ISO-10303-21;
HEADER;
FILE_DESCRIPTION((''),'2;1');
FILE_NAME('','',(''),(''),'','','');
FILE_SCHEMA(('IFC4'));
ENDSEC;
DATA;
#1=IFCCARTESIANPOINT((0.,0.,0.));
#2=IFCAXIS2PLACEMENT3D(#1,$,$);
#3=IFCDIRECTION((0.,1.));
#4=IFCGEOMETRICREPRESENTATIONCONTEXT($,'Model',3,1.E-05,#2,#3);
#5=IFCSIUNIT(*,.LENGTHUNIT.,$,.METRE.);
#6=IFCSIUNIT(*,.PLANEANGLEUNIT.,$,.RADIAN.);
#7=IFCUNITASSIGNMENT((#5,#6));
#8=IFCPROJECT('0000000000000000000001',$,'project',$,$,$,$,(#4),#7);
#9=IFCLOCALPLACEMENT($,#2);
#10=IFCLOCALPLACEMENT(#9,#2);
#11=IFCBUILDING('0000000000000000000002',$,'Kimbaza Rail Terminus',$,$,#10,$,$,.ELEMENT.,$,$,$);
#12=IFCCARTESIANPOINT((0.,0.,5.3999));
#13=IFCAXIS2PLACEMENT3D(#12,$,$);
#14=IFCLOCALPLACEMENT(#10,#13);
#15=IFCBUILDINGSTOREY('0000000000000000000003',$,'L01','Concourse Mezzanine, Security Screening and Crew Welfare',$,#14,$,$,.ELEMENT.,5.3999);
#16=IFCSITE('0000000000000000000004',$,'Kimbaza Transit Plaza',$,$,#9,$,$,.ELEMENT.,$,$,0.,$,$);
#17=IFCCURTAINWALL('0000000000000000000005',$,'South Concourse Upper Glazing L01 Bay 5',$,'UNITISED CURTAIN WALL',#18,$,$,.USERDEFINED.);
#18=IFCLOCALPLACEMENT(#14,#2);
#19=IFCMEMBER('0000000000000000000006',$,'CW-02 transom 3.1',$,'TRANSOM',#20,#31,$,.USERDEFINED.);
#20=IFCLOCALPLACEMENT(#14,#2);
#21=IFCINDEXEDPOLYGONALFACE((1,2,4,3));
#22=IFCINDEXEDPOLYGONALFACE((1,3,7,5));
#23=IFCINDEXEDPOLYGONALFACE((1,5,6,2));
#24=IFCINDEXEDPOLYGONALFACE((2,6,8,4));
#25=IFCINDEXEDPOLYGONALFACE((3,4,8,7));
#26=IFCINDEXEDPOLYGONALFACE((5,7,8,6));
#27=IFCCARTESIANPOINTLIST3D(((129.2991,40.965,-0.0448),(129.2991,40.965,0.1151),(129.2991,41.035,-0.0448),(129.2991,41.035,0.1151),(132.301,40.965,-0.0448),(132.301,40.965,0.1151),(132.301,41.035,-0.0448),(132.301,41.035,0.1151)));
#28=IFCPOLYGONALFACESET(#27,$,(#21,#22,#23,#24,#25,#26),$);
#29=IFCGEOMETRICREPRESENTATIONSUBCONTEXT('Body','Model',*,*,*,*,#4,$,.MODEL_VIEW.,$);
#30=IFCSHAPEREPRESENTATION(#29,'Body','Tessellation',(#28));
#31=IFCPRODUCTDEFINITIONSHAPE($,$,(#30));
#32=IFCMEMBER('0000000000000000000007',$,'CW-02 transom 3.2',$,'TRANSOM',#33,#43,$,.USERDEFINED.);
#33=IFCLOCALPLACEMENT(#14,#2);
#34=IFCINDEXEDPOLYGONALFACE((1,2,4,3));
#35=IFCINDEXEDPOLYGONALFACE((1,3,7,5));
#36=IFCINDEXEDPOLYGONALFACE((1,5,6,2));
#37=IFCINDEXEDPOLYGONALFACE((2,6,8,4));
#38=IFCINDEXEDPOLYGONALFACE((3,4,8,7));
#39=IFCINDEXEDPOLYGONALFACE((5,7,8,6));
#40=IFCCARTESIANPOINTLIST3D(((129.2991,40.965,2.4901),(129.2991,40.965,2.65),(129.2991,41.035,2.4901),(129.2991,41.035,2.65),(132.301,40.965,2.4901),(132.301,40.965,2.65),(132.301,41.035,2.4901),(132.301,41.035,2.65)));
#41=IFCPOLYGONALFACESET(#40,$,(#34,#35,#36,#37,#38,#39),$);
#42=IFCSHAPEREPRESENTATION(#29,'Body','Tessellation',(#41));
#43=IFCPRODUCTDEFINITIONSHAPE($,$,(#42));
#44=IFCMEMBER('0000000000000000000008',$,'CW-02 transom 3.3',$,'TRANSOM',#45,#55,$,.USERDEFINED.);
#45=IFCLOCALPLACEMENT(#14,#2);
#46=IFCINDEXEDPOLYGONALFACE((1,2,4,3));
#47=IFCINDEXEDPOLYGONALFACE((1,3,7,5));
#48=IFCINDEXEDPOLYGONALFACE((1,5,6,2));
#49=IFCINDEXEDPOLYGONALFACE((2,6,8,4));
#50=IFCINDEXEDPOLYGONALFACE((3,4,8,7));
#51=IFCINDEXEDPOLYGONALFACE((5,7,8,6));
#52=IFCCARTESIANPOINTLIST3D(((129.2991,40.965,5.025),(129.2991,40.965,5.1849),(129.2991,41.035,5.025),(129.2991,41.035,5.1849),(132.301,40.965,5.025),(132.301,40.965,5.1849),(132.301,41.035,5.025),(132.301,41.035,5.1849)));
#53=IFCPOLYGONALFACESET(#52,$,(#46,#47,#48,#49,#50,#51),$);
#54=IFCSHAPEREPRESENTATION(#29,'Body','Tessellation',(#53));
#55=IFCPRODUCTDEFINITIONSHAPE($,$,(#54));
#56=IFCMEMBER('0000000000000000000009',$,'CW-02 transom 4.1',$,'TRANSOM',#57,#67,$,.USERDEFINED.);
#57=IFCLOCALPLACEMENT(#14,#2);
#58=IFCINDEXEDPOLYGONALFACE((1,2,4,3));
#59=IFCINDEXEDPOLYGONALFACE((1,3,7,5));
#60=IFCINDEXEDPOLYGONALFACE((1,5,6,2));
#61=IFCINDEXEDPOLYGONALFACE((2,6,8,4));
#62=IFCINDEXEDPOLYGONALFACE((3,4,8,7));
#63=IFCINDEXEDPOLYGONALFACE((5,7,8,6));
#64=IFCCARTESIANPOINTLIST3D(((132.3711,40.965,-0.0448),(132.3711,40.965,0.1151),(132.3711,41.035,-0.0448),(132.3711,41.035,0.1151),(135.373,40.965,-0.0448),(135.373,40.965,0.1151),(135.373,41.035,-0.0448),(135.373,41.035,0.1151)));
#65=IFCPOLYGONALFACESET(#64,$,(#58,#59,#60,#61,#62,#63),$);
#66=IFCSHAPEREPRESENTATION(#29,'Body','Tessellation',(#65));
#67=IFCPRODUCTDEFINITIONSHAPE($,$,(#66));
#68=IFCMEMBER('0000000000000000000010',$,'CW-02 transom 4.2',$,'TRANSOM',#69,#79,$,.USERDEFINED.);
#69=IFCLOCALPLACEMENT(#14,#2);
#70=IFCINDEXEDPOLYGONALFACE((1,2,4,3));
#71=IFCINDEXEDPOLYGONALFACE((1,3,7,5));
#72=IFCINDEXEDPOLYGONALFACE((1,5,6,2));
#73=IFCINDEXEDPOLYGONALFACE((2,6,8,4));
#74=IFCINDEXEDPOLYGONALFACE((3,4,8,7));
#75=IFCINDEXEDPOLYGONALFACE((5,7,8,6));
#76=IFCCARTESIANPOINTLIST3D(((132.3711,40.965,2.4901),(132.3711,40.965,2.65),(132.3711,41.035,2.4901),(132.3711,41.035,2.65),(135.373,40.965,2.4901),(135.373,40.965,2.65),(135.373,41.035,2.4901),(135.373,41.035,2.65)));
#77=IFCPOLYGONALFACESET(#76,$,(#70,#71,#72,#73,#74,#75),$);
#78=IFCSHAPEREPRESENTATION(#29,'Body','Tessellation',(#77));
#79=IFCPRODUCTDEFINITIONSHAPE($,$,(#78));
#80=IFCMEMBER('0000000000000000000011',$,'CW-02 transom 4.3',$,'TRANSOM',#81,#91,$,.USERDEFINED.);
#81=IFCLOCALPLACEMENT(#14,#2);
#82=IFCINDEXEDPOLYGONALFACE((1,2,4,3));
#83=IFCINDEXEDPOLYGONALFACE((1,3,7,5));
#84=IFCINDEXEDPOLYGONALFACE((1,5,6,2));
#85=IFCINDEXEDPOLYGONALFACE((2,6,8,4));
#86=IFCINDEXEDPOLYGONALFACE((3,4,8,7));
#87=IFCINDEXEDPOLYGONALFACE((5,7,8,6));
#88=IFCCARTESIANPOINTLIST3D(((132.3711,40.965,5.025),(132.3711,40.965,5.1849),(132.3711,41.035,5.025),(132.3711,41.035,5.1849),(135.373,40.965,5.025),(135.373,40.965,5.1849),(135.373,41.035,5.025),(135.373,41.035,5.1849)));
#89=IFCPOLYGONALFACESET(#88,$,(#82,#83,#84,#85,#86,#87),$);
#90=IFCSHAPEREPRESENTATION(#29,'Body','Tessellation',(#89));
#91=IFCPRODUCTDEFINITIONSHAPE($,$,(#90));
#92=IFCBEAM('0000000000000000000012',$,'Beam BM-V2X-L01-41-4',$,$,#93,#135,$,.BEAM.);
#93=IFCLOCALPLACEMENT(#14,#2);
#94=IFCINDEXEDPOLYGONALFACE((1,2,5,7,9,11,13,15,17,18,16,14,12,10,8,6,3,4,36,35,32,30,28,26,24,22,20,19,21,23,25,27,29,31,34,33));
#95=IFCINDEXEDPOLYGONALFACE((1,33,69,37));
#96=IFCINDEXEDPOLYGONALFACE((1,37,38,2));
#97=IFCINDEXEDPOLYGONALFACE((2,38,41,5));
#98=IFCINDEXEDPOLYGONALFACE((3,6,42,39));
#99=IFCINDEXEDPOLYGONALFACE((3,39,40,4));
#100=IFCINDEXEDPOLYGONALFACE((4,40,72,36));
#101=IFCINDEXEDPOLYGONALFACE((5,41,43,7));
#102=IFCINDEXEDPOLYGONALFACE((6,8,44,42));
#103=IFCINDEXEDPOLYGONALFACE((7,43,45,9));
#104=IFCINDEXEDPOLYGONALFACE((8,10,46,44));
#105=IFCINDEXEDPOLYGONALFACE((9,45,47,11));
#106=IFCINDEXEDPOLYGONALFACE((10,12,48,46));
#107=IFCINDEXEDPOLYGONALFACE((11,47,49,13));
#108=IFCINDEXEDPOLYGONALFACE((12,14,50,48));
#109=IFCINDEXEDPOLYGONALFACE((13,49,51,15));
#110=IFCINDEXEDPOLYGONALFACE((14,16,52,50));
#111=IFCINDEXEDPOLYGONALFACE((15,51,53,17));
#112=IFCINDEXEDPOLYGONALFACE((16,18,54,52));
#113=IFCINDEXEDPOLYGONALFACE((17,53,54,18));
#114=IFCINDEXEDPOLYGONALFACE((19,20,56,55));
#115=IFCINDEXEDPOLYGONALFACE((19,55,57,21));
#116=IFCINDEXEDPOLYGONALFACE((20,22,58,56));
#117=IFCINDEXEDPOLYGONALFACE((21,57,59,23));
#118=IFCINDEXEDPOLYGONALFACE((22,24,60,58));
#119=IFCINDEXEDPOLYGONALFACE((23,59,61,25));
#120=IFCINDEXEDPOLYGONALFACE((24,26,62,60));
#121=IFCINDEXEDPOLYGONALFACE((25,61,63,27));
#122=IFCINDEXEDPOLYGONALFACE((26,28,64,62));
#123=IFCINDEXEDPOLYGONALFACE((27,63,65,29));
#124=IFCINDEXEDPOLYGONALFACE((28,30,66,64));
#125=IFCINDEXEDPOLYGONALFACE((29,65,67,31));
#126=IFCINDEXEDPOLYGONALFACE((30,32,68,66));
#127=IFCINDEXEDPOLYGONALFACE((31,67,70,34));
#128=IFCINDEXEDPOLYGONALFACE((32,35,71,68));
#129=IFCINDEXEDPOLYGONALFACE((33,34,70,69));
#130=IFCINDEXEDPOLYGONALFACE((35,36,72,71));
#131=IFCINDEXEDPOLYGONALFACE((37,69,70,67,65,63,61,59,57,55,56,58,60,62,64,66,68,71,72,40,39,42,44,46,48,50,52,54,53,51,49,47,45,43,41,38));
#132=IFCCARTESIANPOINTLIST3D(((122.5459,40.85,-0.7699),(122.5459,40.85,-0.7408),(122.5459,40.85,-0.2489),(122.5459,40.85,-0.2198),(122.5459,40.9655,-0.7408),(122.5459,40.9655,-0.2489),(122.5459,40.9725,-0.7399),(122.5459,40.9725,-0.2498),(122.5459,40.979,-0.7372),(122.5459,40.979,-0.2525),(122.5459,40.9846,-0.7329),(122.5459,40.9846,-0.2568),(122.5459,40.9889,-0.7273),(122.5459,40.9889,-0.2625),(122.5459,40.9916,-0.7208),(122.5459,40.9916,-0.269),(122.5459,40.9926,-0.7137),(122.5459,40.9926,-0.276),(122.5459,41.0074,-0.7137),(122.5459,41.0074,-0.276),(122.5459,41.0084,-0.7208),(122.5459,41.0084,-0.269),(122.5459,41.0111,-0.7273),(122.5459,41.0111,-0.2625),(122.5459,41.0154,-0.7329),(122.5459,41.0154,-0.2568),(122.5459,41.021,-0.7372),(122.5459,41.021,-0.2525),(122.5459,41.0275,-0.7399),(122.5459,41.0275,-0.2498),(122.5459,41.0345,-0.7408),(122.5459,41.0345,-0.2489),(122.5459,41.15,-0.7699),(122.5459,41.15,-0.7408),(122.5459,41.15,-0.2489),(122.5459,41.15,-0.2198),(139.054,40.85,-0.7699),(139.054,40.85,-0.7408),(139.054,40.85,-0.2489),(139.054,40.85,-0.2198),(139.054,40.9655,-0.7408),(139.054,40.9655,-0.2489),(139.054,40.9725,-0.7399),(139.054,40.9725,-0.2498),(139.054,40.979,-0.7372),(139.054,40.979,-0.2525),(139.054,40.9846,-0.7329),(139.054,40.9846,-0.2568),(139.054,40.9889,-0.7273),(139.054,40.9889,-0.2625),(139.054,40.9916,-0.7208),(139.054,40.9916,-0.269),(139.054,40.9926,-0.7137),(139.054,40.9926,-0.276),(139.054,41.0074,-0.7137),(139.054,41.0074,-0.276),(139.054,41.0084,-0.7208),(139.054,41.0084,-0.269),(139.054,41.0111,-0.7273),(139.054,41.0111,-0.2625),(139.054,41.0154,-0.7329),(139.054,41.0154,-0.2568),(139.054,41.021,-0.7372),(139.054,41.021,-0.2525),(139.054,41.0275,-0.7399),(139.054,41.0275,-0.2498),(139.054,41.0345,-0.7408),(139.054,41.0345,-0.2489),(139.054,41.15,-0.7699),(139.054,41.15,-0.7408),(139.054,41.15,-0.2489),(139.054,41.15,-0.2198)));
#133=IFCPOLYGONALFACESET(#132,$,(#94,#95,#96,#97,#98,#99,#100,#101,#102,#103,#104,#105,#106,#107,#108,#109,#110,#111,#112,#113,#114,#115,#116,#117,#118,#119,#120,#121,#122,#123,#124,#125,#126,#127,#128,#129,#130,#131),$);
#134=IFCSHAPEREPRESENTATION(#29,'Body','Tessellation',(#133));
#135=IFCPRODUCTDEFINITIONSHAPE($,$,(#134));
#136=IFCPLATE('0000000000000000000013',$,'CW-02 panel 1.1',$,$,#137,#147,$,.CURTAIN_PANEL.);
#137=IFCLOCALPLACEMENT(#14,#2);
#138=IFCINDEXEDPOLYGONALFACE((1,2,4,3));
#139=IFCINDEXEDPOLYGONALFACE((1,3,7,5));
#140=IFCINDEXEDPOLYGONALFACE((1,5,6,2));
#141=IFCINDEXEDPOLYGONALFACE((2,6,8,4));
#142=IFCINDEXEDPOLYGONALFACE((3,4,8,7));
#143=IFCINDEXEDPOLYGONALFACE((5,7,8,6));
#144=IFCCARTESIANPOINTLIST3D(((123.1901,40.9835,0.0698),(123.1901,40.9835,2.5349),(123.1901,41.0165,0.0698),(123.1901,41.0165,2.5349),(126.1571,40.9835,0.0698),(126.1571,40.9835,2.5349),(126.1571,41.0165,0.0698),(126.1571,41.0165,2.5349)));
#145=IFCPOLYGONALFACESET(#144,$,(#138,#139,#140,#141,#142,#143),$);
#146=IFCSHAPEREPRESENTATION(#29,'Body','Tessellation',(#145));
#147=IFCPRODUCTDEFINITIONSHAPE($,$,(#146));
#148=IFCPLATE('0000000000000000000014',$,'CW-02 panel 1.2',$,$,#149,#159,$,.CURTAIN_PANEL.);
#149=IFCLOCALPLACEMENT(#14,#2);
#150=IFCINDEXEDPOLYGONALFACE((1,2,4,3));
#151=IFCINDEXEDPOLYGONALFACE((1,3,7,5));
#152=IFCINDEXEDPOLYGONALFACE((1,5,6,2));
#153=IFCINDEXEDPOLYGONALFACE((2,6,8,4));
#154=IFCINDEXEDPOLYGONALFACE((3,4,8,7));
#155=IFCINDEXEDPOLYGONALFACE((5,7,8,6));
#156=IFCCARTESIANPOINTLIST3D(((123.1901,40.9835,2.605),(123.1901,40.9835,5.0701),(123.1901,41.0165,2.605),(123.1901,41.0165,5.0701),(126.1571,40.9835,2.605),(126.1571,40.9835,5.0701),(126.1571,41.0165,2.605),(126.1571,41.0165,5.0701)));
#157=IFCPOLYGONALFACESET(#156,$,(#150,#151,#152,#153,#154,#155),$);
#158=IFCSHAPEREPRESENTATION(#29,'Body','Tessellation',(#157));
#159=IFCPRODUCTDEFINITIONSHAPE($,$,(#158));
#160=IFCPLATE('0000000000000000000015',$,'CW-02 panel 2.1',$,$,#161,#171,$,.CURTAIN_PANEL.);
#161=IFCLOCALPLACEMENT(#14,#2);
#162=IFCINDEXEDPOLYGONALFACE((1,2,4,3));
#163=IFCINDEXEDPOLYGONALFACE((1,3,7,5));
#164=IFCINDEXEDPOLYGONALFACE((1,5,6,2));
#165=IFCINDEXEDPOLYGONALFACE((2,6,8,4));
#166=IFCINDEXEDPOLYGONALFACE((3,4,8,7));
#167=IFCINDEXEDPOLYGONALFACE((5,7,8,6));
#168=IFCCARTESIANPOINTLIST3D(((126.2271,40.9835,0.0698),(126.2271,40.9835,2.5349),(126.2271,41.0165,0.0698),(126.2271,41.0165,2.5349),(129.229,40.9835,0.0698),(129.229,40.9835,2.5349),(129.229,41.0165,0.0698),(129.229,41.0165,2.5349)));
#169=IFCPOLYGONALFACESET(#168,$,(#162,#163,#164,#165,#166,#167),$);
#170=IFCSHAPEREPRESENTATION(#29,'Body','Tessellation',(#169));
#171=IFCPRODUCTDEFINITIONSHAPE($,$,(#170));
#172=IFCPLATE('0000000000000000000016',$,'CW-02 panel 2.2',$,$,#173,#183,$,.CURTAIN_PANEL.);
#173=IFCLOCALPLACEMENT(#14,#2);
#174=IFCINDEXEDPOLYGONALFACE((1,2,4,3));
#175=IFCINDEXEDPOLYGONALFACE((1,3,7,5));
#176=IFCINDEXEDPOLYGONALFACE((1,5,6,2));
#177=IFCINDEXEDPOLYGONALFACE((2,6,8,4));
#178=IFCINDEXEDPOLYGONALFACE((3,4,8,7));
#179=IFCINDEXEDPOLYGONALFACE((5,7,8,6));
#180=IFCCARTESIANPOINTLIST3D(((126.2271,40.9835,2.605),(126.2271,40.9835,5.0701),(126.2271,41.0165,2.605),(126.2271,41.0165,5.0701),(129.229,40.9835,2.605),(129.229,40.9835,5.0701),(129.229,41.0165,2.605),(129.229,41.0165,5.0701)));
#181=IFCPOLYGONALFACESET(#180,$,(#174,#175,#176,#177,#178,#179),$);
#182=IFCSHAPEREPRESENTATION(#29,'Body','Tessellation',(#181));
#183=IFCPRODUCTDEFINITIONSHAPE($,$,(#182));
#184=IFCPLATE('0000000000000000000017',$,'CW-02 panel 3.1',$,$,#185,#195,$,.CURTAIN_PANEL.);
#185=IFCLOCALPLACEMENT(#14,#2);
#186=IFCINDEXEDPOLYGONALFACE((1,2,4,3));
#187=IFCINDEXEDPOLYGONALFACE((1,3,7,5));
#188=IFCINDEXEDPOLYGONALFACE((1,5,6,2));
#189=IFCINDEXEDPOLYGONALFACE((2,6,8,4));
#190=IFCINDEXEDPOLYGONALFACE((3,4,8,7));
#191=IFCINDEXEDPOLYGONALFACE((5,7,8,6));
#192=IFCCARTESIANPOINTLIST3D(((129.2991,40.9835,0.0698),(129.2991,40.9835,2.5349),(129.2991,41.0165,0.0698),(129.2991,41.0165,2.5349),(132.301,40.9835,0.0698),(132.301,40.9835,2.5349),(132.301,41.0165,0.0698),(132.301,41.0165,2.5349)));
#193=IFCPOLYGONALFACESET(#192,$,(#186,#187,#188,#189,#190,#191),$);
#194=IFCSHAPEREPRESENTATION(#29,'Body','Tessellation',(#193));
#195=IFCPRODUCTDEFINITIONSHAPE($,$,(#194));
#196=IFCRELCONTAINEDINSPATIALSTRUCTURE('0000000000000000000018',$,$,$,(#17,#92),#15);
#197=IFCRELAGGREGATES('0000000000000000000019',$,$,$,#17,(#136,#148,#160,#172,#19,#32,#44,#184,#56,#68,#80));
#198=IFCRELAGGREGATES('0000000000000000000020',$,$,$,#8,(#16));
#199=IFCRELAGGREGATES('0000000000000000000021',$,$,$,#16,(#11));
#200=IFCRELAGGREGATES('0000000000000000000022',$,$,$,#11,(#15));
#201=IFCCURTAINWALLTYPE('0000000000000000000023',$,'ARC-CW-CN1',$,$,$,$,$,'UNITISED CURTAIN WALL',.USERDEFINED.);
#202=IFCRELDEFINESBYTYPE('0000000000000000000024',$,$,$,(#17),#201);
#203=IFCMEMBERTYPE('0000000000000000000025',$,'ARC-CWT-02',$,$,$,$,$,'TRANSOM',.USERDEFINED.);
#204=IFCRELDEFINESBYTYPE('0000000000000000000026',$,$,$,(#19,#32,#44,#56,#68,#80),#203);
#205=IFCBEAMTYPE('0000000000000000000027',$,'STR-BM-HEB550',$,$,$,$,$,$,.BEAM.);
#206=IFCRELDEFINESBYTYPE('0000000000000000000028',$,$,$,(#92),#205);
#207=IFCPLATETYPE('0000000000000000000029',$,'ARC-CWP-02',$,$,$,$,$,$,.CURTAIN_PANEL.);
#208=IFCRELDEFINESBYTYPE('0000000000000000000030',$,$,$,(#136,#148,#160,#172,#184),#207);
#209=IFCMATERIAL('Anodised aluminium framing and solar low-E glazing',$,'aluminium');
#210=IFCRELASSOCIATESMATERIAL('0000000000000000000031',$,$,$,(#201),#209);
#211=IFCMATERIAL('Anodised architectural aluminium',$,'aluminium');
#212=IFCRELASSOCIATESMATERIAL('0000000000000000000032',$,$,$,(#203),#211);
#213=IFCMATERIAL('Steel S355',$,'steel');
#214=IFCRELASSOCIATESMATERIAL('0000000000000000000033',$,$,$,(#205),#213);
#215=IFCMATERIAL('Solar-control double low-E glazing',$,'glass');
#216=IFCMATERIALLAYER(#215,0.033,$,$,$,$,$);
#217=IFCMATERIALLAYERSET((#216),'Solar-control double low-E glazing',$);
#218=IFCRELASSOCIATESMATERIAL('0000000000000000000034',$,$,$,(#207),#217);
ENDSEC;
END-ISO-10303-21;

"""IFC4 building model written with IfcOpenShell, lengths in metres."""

from ifc_helpers import new_model, si_unit, direction, frame, origin, origin_2d, place, context, subcontext, project, spatial, rectangle, i_section, extrude, material, layer, layer_set, material_profile, profile_set, type_object, element, aggregate, save


model = new_model("IFC4")

# Units and contexts
model_context = context("Model", 3, precision=1e-05, world=origin(), true_north=direction((0.0, 1.0)))
body_context = subcontext(model_context, "Body", "Model", "MODEL_VIEW")
ifc_project = project(units=[si_unit("LENGTHUNIT", "METRE"), si_unit("PLANEANGLEUNIT", "RADIAN")], contexts=[model_context])

# Site, building, storey
site_placement = place(None, origin())
site = spatial("IfcSite", under=ifc_project, at=site_placement, Name="Kimbaza Transit Plaza", CompositionType="ELEMENT", RefElevation=0.0)
building_placement = place(site_placement, origin())
building = spatial("IfcBuilding", under=site, at=building_placement, Name="Kimbaza Rail Terminus", CompositionType="ELEMENT")
storey_placement = place(building_placement, frame((0.0, 0.0, 5.3999)))
storey = spatial("IfcBuildingStorey", under=building, at=storey_placement, Name="L01", Description="Concourse Mezzanine, Security Screening and Crew Welfare", CompositionType="ELEMENT", Elevation=5.3999)

# Curtain wall, members
ifc_material_1 = material(Name="Anodised aluminium framing and solar low-E glazing", Category="aluminium")
curtain_wall_type = type_object("IfcCurtainWallType", Name="ARC-CW-CN1", ElementType="UNITISED CURTAIN WALL", PredefinedType="USERDEFINED", material=ifc_material_1)
curtain_wall_placement = place(storey_placement, origin())
curtain_wall = element("IfcCurtainWall", 1, at=curtain_wall_placement, inside=storey, type_object=curtain_wall_type, Name="South Concourse Upper Glazing L01 Bay 5", ObjectType="UNITISED CURTAIN WALL", PredefinedType="USERDEFINED")
ifc_material_2 = material(Name="Anodised architectural aluminium", Category="aluminium")
ifc_material_profile_1 = material_profile(ifc_material_2, rectangle(XDim=0.0701, YDim=0.1599, at=origin_2d()), Name="TRANSOM 70x160")
ifc_profile_set_1 = profile_set([ifc_material_profile_1], Name="Anodised architectural aluminium")
member_type_1 = type_object("IfcMemberType", Name="ARC-CWT-02", ElementType="TRANSOM", PredefinedType="USERDEFINED", material=ifc_profile_set_1)
member_1_placement = place(storey_placement, frame((129.2991, 41.0, 0.0352), z_axis=(1.0, 0.0, 0.0), x_axis=(0.0, 1.0, 0.0)))
member_1 = element("IfcMember", 2, at=member_1_placement, type_object=member_type_1, Name="CW-02 transom 3.1", ObjectType="TRANSOM", PredefinedType="USERDEFINED", context=body_context, shape_type="SweptSolid", body=[
    extrude(rectangle(XDim=0.0701, YDim=0.1599, at=origin_2d()), origin(), (0.0, 0.0, 1.0), 3.002),
])
member_2_placement = place(storey_placement, frame((129.2991, 41.0, 2.5701), z_axis=(1.0, 0.0, 0.0), x_axis=(0.0, 1.0, 0.0)))
member_2 = element("IfcMember", 3, at=member_2_placement, type_object=member_type_1, Name="CW-02 transom 3.2", ObjectType="TRANSOM", PredefinedType="USERDEFINED", context=body_context, shape_type="SweptSolid", body=[
    extrude(rectangle(XDim=0.0701, YDim=0.1599, at=origin_2d()), origin(), (0.0, 0.0, 1.0), 3.002),
])
member_3_placement = place(storey_placement, frame((129.2991, 41.0, 5.105), z_axis=(1.0, 0.0, 0.0), x_axis=(0.0, 1.0, 0.0)))
member_3 = element("IfcMember", 4, at=member_3_placement, type_object=member_type_1, Name="CW-02 transom 3.3", ObjectType="TRANSOM", PredefinedType="USERDEFINED", context=body_context, shape_type="SweptSolid", body=[
    extrude(rectangle(XDim=0.0701, YDim=0.1599, at=origin_2d()), origin(), (0.0, 0.0, 1.0), 3.002),
])
member_4_placement = place(storey_placement, frame((132.3711, 41.0, 0.0352), z_axis=(1.0, 0.0, 0.0), x_axis=(0.0, 1.0, 0.0)))
member_4 = element("IfcMember", 5, at=member_4_placement, type_object=member_type_1, Name="CW-02 transom 4.1", ObjectType="TRANSOM", PredefinedType="USERDEFINED", context=body_context, shape_type="SweptSolid", body=[
    extrude(rectangle(XDim=0.0701, YDim=0.1599, at=origin_2d()), origin(), (0.0, 0.0, 1.0), 3.002),
])
member_5_placement = place(storey_placement, frame((132.3711, 41.0, 2.5701), z_axis=(1.0, 0.0, 0.0), x_axis=(0.0, 1.0, 0.0)))
member_5 = element("IfcMember", 6, at=member_5_placement, type_object=member_type_1, Name="CW-02 transom 4.2", ObjectType="TRANSOM", PredefinedType="USERDEFINED", context=body_context, shape_type="SweptSolid", body=[
    extrude(rectangle(XDim=0.0701, YDim=0.1599, at=origin_2d()), origin(), (0.0, 0.0, 1.0), 3.002),
])
member_6_placement = place(storey_placement, frame((132.3711, 41.0, 5.105), z_axis=(1.0, 0.0, 0.0), x_axis=(0.0, 1.0, 0.0)))
member_6 = element("IfcMember", 7, at=member_6_placement, type_object=member_type_1, Name="CW-02 transom 4.3", ObjectType="TRANSOM", PredefinedType="USERDEFINED", context=body_context, shape_type="SweptSolid", body=[
    extrude(rectangle(XDim=0.0701, YDim=0.1599, at=origin_2d()), origin(), (0.0, 0.0, 1.0), 3.002),
])

# Beam
ifc_material_3 = material(Name="Steel S355", Category="steel")
ifc_material_profile_2 = material_profile(ifc_material_3, i_section(OverallWidth=0.3, OverallDepth=0.55, WebThickness=0.0149, FlangeThickness=0.0291, FilletRadius=0.0271, at=origin_2d()), Name="HEB 550")
ifc_profile_set_2 = profile_set([ifc_material_profile_2], Name="Steel S355")
beam_type = type_object("IfcBeamType", Name="STR-BM-HEB550", PredefinedType="BEAM", material=ifc_profile_set_2)
beam_placement = place(storey_placement, frame((122.5459, 41.0, -0.4949), z_axis=(1.0, 0.0, 0.0), x_axis=(0.0, 1.0, 0.0)))
element("IfcBeam", 8, at=beam_placement, inside=storey, type_object=beam_type, Name="Beam BM-V2X-L01-41-4", PredefinedType="BEAM", context=body_context, shape_type="SweptSolid", body=[
    extrude(i_section(OverallWidth=0.3, OverallDepth=0.55, WebThickness=0.0149, FlangeThickness=0.0291, FilletRadius=0.0271, at=origin_2d()), origin(), (0.0, 0.0, 1.0), 16.5081),
])

# Plates
ifc_material_4 = material(Name="Solar-control double low-E glazing", Category="glass")
ifc_layer_1 = layer(ifc_material_4, 0.033)
ifc_layer_set_1 = layer_set([ifc_layer_1], Name="Solar-control double low-E glazing")
plate_type = type_object("IfcPlateType", Name="ARC-CWP-02", PredefinedType="CURTAIN_PANEL", material=ifc_layer_set_1)
plate_1_placement = place(storey_placement, frame((124.6736, 41.0, 0.0698), z_axis=(0.0, 0.0, 1.0), x_axis=(1.0, 0.0, 0.0)))
plate_1 = element("IfcPlate", 9, at=plate_1_placement, type_object=plate_type, Name="CW-02 panel 1.1", PredefinedType="CURTAIN_PANEL", context=body_context, shape_type="SweptSolid", body=[
    extrude(rectangle(XDim=2.967, YDim=0.033, at=origin_2d()), origin(), (0.0, 0.0, 1.0), 2.4651),
])
plate_2_placement = place(storey_placement, frame((124.6736, 41.0, 2.605), z_axis=(0.0, 0.0, 1.0), x_axis=(1.0, 0.0, 0.0)))
plate_2 = element("IfcPlate", 10, at=plate_2_placement, type_object=plate_type, Name="CW-02 panel 1.2", PredefinedType="CURTAIN_PANEL", context=body_context, shape_type="SweptSolid", body=[
    extrude(rectangle(XDim=2.967, YDim=0.033, at=origin_2d()), origin(), (0.0, 0.0, 1.0), 2.4651),
])
plate_3_placement = place(storey_placement, frame((127.728, 41.0, 0.0698), z_axis=(0.0, 0.0, 1.0), x_axis=(1.0, 0.0, 0.0)))
plate_3 = element("IfcPlate", 11, at=plate_3_placement, type_object=plate_type, Name="CW-02 panel 2.1", PredefinedType="CURTAIN_PANEL", context=body_context, shape_type="SweptSolid", body=[
    extrude(rectangle(XDim=3.002, YDim=0.033, at=origin_2d()), origin(), (0.0, 0.0, 1.0), 2.4651),
])
plate_4_placement = place(storey_placement, frame((127.728, 41.0, 2.605), z_axis=(0.0, 0.0, 1.0), x_axis=(1.0, 0.0, 0.0)))
plate_4 = element("IfcPlate", 12, at=plate_4_placement, type_object=plate_type, Name="CW-02 panel 2.2", PredefinedType="CURTAIN_PANEL", context=body_context, shape_type="SweptSolid", body=[
    extrude(rectangle(XDim=3.002, YDim=0.033, at=origin_2d()), origin(), (0.0, 0.0, 1.0), 2.4651),
])
plate_5_placement = place(storey_placement, frame((130.8, 41.0, 0.0698), z_axis=(0.0, 0.0, 1.0), x_axis=(1.0, 0.0, 0.0)))
plate_5 = element("IfcPlate", 13, at=plate_5_placement, type_object=plate_type, Name="CW-02 panel 3.1", PredefinedType="CURTAIN_PANEL", context=body_context, shape_type="SweptSolid", body=[
    extrude(rectangle(XDim=3.002, YDim=0.033, at=origin_2d()), origin(), (0.0, 0.0, 1.0), 2.4651),
])
aggregate(curtain_wall, [plate_1, plate_2, plate_3, plate_4, member_1, member_2, member_3, plate_5, member_4, member_5, member_6])

save(model, "model.ifc")
